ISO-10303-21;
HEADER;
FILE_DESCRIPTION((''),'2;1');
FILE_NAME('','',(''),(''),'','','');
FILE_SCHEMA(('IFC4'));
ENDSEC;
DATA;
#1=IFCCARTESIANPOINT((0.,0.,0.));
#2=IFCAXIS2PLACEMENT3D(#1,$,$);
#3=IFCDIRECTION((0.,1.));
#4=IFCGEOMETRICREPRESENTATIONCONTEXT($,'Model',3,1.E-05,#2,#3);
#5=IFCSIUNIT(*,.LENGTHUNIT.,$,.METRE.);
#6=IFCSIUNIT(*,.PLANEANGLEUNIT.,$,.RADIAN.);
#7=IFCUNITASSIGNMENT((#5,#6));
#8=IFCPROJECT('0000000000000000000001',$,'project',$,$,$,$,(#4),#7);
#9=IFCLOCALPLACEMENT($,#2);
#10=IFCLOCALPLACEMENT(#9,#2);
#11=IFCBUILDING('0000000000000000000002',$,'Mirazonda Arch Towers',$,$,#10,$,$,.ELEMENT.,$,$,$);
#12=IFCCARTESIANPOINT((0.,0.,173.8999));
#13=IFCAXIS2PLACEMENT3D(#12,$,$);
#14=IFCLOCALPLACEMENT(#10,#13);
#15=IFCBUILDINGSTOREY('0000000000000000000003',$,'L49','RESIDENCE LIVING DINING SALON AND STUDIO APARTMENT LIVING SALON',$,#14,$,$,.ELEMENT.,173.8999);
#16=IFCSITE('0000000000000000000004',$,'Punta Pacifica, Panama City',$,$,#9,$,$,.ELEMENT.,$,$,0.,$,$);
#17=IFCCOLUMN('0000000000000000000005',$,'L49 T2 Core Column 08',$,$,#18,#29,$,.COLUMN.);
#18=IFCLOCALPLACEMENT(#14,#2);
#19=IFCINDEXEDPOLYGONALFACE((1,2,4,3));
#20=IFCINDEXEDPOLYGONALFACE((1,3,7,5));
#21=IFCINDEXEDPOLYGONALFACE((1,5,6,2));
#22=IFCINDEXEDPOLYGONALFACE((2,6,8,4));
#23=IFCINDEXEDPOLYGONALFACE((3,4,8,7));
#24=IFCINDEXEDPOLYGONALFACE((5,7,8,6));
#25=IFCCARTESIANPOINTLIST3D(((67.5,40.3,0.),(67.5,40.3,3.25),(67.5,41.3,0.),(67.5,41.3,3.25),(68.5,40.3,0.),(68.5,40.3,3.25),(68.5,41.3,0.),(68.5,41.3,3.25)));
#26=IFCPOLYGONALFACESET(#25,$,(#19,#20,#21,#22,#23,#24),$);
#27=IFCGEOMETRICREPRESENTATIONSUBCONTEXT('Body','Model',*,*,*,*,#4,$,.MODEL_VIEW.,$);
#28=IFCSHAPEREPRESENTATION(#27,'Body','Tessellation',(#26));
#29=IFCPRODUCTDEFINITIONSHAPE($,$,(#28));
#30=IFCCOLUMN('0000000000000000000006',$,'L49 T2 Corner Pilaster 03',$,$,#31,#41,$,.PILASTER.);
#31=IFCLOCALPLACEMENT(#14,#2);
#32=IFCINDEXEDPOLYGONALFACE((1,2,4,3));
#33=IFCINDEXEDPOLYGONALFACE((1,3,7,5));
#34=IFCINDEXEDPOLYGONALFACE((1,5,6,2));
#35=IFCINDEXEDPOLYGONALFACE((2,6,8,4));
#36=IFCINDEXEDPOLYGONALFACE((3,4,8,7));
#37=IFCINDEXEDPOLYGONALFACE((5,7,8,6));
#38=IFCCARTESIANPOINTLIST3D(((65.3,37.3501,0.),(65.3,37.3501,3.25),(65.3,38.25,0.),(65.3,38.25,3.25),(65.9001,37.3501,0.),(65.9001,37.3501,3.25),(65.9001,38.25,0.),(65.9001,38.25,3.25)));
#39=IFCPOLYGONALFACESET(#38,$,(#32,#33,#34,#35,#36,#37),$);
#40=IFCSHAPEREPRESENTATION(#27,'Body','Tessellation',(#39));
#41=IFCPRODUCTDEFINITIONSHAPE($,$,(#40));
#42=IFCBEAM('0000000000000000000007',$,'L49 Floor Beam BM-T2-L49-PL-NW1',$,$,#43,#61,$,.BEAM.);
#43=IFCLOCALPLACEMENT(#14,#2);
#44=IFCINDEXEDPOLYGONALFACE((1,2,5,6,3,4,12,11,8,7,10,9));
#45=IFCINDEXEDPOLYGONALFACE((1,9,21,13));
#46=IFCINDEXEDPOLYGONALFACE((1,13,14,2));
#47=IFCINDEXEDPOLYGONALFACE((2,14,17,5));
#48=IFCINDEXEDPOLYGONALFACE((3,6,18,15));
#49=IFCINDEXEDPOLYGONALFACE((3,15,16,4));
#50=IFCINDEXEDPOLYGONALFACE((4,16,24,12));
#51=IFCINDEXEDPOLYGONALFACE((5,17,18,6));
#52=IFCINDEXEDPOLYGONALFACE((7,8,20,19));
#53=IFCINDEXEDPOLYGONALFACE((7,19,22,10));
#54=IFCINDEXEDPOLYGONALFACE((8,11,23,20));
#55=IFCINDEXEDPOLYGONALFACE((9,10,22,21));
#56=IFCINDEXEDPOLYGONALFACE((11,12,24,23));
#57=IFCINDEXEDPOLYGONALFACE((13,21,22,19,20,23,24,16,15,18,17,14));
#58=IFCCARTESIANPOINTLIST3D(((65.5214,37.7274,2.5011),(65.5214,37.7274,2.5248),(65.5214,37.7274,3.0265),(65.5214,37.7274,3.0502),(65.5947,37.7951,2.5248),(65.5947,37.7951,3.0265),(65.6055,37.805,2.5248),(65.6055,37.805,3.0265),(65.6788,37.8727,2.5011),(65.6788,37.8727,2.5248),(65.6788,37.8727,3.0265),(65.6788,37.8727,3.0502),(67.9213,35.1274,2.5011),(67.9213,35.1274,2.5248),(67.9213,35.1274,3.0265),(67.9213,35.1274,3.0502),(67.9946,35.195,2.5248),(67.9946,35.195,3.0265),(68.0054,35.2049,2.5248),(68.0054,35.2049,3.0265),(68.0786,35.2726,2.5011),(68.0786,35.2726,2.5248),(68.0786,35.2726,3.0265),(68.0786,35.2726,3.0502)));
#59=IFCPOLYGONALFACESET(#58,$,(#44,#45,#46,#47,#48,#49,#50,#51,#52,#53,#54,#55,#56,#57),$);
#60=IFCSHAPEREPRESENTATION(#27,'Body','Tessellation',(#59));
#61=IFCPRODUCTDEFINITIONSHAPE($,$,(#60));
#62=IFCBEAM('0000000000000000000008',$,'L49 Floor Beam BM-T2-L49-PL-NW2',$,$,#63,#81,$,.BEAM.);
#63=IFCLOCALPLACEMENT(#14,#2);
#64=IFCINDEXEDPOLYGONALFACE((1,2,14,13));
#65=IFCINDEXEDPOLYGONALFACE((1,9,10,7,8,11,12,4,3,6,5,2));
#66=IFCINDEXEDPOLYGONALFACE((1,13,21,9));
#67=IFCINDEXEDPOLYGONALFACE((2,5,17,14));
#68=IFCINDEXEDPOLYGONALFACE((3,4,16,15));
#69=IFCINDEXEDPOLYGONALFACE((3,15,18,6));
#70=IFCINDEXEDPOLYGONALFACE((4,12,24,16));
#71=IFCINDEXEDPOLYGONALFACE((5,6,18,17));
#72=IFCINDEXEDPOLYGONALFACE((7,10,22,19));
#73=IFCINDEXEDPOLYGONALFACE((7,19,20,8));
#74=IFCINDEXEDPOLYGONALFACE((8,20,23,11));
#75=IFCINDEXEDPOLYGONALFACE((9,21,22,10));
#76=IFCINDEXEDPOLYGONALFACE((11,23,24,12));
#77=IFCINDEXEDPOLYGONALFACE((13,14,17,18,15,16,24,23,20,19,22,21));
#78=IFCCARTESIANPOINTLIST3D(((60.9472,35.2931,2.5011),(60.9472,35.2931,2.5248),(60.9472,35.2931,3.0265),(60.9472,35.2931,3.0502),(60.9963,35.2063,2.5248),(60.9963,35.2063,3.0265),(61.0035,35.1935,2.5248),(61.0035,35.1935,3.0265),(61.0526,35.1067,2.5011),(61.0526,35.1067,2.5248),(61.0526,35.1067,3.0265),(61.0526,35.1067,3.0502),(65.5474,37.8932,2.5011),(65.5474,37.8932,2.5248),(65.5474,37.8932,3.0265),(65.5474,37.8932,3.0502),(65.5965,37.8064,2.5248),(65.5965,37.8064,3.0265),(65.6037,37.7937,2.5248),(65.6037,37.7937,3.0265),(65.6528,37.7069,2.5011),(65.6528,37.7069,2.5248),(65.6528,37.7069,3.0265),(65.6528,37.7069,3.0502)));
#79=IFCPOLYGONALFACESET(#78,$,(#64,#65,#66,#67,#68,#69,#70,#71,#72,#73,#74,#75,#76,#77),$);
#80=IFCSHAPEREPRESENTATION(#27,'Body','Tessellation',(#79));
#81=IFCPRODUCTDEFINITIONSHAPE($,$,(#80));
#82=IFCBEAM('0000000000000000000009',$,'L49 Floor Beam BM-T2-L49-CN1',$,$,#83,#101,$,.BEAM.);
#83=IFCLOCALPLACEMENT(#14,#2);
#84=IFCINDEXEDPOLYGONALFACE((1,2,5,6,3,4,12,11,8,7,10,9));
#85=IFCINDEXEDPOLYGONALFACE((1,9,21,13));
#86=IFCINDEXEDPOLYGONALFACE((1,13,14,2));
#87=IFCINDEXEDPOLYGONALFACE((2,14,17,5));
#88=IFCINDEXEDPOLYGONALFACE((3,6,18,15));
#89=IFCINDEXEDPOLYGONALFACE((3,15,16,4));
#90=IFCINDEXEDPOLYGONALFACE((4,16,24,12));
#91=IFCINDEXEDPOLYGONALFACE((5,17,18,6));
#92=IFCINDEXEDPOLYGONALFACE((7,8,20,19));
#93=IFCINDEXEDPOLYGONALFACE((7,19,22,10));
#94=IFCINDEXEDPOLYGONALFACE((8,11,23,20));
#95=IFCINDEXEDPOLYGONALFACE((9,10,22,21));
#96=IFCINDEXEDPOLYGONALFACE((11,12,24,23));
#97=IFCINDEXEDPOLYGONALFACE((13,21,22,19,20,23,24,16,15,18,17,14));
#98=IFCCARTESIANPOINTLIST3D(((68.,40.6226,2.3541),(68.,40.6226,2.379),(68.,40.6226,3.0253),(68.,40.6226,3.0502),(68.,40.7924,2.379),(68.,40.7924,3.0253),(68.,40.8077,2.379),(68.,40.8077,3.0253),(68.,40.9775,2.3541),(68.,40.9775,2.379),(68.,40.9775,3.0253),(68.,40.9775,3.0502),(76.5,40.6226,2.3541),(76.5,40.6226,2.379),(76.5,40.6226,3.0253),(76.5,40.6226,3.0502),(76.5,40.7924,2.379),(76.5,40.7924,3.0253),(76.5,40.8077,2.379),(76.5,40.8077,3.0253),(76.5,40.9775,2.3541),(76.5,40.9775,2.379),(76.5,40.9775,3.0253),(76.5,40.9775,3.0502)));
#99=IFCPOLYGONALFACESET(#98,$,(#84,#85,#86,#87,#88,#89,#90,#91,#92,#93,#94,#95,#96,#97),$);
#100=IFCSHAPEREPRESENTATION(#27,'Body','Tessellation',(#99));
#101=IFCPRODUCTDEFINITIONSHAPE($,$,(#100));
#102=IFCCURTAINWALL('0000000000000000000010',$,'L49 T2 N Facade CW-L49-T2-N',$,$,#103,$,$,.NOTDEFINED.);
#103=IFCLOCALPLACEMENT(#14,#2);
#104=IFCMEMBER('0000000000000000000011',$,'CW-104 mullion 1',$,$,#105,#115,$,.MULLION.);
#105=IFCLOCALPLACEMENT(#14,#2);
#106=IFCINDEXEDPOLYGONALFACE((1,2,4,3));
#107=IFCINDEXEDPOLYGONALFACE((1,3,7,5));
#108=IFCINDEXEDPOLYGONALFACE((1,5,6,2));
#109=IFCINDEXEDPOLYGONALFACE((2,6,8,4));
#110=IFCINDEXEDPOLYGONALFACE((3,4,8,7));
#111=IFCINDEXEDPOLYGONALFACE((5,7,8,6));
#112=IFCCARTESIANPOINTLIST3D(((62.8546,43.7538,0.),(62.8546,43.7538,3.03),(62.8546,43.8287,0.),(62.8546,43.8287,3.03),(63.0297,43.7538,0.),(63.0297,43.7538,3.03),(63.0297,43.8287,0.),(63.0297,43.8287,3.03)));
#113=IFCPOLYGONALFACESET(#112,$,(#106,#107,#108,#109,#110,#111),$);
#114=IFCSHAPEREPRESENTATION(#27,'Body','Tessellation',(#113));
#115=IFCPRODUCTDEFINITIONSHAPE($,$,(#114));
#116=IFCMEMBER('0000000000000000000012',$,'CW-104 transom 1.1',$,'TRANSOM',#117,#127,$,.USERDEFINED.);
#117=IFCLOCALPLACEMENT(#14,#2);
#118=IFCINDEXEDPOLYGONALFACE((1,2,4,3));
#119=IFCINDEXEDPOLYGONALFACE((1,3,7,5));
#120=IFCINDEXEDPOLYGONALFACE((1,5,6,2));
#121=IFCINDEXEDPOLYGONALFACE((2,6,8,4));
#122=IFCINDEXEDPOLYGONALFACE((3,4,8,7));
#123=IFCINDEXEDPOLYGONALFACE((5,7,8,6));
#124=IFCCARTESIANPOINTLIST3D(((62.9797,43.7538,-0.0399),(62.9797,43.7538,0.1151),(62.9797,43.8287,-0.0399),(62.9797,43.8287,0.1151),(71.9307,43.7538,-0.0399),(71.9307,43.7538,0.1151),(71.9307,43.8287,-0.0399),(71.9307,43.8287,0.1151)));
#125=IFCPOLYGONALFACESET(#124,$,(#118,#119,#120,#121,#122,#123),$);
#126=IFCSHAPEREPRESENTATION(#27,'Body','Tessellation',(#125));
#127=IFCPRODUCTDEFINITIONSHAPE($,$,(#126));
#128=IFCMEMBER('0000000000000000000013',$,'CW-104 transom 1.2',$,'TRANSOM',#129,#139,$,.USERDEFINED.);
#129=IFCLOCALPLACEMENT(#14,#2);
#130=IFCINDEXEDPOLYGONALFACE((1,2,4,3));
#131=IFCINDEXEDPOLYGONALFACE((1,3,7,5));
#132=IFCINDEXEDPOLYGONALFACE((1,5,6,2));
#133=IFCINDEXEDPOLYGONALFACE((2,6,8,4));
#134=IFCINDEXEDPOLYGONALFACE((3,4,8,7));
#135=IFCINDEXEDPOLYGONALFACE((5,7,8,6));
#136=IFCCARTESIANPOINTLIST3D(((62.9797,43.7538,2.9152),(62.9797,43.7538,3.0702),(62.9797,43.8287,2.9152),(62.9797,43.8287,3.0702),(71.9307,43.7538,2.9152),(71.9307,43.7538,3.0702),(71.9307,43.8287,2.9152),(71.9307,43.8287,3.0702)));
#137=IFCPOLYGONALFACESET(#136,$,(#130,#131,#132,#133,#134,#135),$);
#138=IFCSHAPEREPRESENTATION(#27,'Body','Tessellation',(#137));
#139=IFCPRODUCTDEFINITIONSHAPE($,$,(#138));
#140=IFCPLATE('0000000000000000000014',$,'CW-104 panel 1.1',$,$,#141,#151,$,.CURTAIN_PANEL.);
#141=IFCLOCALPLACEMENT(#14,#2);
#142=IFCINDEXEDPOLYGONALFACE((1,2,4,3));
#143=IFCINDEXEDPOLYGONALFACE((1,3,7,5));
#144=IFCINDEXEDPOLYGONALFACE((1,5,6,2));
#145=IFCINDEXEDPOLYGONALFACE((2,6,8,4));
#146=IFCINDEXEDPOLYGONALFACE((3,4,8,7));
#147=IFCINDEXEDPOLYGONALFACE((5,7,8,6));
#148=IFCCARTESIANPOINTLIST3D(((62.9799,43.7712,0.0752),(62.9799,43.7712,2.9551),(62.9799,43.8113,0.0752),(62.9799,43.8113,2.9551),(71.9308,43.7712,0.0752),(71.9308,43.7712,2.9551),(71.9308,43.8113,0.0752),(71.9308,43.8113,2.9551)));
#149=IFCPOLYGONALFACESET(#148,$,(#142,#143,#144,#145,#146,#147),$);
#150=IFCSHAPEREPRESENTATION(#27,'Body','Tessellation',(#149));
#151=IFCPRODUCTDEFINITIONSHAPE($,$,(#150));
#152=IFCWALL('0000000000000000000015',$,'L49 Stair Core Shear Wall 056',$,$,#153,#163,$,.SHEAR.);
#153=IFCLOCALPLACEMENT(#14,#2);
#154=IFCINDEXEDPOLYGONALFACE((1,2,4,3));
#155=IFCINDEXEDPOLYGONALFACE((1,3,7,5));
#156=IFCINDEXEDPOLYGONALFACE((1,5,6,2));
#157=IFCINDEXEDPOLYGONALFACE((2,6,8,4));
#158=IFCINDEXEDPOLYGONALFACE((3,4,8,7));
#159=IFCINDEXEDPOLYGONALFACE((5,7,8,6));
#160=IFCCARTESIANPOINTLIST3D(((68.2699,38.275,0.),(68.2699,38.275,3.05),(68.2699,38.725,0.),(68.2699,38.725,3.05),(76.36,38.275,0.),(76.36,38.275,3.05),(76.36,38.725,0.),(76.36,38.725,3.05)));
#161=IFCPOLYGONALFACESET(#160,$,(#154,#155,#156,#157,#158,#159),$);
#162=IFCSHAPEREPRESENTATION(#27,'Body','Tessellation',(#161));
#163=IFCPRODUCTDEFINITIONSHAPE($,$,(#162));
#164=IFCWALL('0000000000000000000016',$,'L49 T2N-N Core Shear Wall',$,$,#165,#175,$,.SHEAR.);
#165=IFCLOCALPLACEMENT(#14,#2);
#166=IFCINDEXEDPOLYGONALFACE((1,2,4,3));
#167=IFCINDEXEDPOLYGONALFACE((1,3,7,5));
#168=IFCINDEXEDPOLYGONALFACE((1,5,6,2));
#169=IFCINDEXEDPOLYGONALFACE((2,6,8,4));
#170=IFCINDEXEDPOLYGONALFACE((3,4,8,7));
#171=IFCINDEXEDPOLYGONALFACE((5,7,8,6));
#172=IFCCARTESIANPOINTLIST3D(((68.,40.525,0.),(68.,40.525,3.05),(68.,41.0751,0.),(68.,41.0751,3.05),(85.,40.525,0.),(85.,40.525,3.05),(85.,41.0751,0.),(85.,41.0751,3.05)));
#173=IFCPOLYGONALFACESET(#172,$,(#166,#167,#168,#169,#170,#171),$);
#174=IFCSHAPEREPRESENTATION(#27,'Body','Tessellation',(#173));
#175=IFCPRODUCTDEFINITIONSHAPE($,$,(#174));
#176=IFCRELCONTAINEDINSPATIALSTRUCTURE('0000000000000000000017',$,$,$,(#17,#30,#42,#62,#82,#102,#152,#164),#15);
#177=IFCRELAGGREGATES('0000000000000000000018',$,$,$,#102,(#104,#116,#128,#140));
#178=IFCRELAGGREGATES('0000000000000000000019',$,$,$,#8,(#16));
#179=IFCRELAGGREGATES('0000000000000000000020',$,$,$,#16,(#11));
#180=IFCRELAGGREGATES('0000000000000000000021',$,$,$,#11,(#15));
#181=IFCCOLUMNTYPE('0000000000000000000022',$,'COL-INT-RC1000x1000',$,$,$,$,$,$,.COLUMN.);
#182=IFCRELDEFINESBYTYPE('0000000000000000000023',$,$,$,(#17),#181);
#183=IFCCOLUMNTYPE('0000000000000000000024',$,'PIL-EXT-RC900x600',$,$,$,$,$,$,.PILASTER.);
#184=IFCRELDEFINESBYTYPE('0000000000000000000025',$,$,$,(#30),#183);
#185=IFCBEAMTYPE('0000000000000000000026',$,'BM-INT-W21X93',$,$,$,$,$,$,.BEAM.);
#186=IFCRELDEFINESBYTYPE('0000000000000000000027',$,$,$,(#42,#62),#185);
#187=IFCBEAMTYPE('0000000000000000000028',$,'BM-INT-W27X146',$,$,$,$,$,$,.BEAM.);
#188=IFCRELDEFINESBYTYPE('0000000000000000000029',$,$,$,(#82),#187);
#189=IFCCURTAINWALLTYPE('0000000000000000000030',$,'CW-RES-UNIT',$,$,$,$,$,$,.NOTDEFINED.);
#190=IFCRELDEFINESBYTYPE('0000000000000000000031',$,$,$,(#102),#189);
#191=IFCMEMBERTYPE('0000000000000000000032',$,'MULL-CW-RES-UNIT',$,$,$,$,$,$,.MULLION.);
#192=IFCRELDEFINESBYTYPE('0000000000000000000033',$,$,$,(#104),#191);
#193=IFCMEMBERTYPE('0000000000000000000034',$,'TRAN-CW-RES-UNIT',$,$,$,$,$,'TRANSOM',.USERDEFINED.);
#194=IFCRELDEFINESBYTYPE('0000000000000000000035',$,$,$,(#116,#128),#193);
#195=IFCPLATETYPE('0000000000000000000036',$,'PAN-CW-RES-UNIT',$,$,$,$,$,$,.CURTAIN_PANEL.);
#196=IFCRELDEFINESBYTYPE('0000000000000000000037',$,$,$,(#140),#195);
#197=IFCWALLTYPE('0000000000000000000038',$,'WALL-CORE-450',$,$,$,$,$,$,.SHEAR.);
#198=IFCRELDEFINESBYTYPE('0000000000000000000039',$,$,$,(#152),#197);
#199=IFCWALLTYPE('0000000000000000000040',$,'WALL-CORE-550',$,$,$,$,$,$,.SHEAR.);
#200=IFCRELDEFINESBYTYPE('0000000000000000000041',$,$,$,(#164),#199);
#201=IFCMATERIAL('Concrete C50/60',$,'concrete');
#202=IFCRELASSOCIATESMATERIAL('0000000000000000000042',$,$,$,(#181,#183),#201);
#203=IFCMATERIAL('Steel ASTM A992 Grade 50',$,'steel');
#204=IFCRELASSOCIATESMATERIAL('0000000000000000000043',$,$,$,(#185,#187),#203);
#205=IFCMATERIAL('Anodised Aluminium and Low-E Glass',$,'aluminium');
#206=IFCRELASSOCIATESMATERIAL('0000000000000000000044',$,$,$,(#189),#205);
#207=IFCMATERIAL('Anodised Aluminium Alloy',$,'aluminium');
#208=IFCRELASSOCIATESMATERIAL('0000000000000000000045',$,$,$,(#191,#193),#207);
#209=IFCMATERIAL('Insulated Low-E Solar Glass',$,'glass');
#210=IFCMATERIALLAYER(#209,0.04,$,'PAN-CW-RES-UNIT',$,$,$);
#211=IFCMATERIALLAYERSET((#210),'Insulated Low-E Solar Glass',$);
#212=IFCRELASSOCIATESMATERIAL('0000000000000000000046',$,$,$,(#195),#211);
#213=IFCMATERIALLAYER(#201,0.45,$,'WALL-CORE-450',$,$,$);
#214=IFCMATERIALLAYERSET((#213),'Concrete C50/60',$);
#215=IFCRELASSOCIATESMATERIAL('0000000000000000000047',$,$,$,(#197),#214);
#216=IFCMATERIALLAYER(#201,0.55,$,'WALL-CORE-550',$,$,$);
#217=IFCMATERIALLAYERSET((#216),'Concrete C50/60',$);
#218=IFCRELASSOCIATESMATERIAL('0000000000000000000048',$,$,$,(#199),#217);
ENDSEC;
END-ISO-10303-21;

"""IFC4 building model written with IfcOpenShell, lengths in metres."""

from ifc_helpers import new_model, si_unit, direction, frame, frame_2d, origin, origin_2d, place, context, subcontext, project, spatial, rectangle, i_section, extrude, material, layer, layer_set, material_profile, profile_set, type_object, element, aggregate, save


model = new_model("IFC4")

# Units and contexts
model_context = context("Model", 3, precision=1e-05, world=origin(), true_north=direction((0.0, 1.0)))
body_context = subcontext(model_context, "Body", "Model", "MODEL_VIEW")
ifc_project = project(units=[si_unit("LENGTHUNIT", "METRE"), si_unit("PLANEANGLEUNIT", "RADIAN")], contexts=[model_context])

# Site, building, storey
site_placement = place(None, origin())
site = spatial("IfcSite", under=ifc_project, at=site_placement, Name="Punta Pacifica, Panama City", CompositionType="ELEMENT", RefElevation=0.0)
building_placement = place(site_placement, origin())
building = spatial("IfcBuilding", under=site, at=building_placement, Name="Mirazonda Arch Towers", CompositionType="ELEMENT")
storey_placement = place(building_placement, frame((0.0, 0.0, 173.8999)))
storey = spatial("IfcBuildingStorey", under=building, at=storey_placement, Name="L49", Description="RESIDENCE LIVING DINING SALON AND STUDIO APARTMENT LIVING SALON", CompositionType="ELEMENT", Elevation=173.8999)

# Columns
ifc_material_1 = material(Name="Concrete C50/60", Category="concrete")
ifc_material_profile_1 = material_profile(ifc_material_1, rectangle(XDim=1.0, YDim=1.0, at=origin_2d()), Name="RC1000x1000")
ifc_profile_set_1 = profile_set([ifc_material_profile_1], Name="Concrete C50/60")
column_type_1 = type_object("IfcColumnType", Name="COL-INT-RC1000x1000", PredefinedType="COLUMN", material=ifc_profile_set_1)
column_1_placement = place(storey_placement, frame((68.0, 40.8, 0.0), z_axis=(0.0, 0.0, 1.0), x_axis=(1.0, 0.0, 0.0)))
element("IfcColumn", 1, at=column_1_placement, inside=storey, type_object=column_type_1, Name="L49 T2 Core Column 08", PredefinedType="COLUMN", context=body_context, shape_type="SweptSolid", body=[
    extrude(rectangle(XDim=1.0, YDim=1.0, at=origin_2d()), origin(), (0.0, 0.0, 1.0), 3.25),
])
ifc_material_profile_2 = material_profile(ifc_material_1, rectangle(XDim=0.6001, YDim=0.8999, at=origin_2d()), Name="RC900x600")
ifc_profile_set_2 = profile_set([ifc_material_profile_2], Name="Concrete C50/60")
column_type_2 = type_object("IfcColumnType", Name="PIL-EXT-RC900x600", PredefinedType="PILASTER", material=ifc_profile_set_2)
column_2_placement = place(storey_placement, frame((65.6001, 37.8, 0.0), z_axis=(0.0, 0.0, 1.0), x_axis=(1.0, 0.0, 0.0)))
element("IfcColumn", 2, at=column_2_placement, inside=storey, type_object=column_type_2, Name="L49 T2 Corner Pilaster 03", PredefinedType="PILASTER", context=body_context, shape_type="SweptSolid", body=[
    extrude(rectangle(XDim=0.6001, YDim=0.8999, at=origin_2d()), origin(), (0.0, 0.0, 1.0), 3.25),
])

# Beams
ifc_material_2 = material(Name="Steel ASTM A992 Grade 50", Category="steel")
ifc_material_profile_3 = material_profile(ifc_material_2, i_section(OverallWidth=0.2141, OverallDepth=0.5491, WebThickness=0.0146, FlangeThickness=0.0237, at=origin_2d()), Name="W21X93")
ifc_profile_set_3 = profile_set([ifc_material_profile_3], Name="Steel ASTM A992 Grade 50")
beam_type_1 = type_object("IfcBeamType", Name="BM-INT-W21X93", PredefinedType="BEAM", material=ifc_profile_set_3)
beam_1_placement = place(storey_placement, frame((65.6001, 37.8, 2.7756), z_axis=(0.678251, -0.73483, 0.0), x_axis=(0.73483, 0.678251, 0.0)))
element("IfcBeam", 3, at=beam_1_placement, inside=storey, type_object=beam_type_1, Name="L49 Floor Beam BM-T2-L49-PL-NW1", PredefinedType="BEAM", context=body_context, shape_type="SweptSolid", body=[
    extrude(i_section(OverallWidth=0.2141, OverallDepth=0.5491, WebThickness=0.0146, FlangeThickness=0.0237, at=origin_2d()), origin(), (0.0, 0.0, 1.0), 3.5383),
])
beam_2_placement = place(storey_placement, frame((65.6001, 37.8, 2.7756), z_axis=(-0.870559, -0.492063, 0.0), x_axis=(0.492063, -0.870559, 0.0)))
element("IfcBeam", 4, at=beam_2_placement, inside=storey, type_object=beam_type_1, Name="L49 Floor Beam BM-T2-L49-PL-NW2", PredefinedType="BEAM", context=body_context, shape_type="SweptSolid", body=[
    extrude(i_section(OverallWidth=0.2141, OverallDepth=0.5491, WebThickness=0.0146, FlangeThickness=0.0237, at=origin_2d()), origin(), (0.0, 0.0, 1.0), 5.2842),
])
ifc_material_profile_4 = material_profile(ifc_material_2, i_section(OverallWidth=0.355, OverallDepth=0.696, WebThickness=0.0154, FlangeThickness=0.0249, at=origin_2d()), Name="W27X146")
ifc_profile_set_4 = profile_set([ifc_material_profile_4], Name="Steel ASTM A992 Grade 50")
beam_type_2 = type_object("IfcBeamType", Name="BM-INT-W27X146", PredefinedType="BEAM", material=ifc_profile_set_4)
beam_3_placement = place(storey_placement, frame((68.0, 40.8, 2.7021), z_axis=(1.0, 0.0, 0.0), x_axis=(0.0, 1.0, 0.0)))
element("IfcBeam", 5, at=beam_3_placement, inside=storey, type_object=beam_type_2, Name="L49 Floor Beam BM-T2-L49-CN1", PredefinedType="BEAM", context=body_context, shape_type="SweptSolid", body=[
    extrude(i_section(OverallWidth=0.355, OverallDepth=0.696, WebThickness=0.0154, FlangeThickness=0.0249, at=origin_2d()), origin(), (0.0, 0.0, 1.0), 8.5),
])

# Curtain wall, members, plate
ifc_material_3 = material(Name="Anodised Aluminium and Low-E Glass", Category="aluminium")
curtain_wall_type = type_object("IfcCurtainWallType", Name="CW-RES-UNIT", PredefinedType="NOTDEFINED", material=ifc_material_3)
curtain_wall_placement = place(storey_placement, origin())
curtain_wall = element("IfcCurtainWall", 6, at=curtain_wall_placement, inside=storey, type_object=curtain_wall_type, Name="L49 T2 N Facade CW-L49-T2-N", PredefinedType="NOTDEFINED")
ifc_material_4 = material(Name="Anodised Aluminium Alloy", Category="aluminium")
ifc_material_profile_5 = material_profile(ifc_material_4, rectangle(XDim=0.075, YDim=0.175, at=origin_2d()), Name="ALU-MULL-75x175")
ifc_profile_set_5 = profile_set([ifc_material_profile_5], Name="Anodised Aluminium Alloy")
member_type_1 = type_object("IfcMemberType", Name="MULL-CW-RES-UNIT", PredefinedType="MULLION", material=ifc_profile_set_5)
member_1_placement = place(storey_placement, frame((62.9421, 43.7913, 0.0), z_axis=(0.0, 0.0, 1.0), x_axis=(0.0, 1.0, 0.0)))
member_1 = element("IfcMember", 7, at=member_1_placement, type_object=member_type_1, Name="CW-104 mullion 1", PredefinedType="MULLION", context=body_context, shape_type="SweptSolid", body=[
    extrude(rectangle(XDim=0.075, YDim=0.175, at=origin_2d()), origin(), (0.0, 0.0, 1.0), 3.03),
])
ifc_material_profile_6 = material_profile(ifc_material_4, rectangle(XDim=0.075, YDim=0.155, at=origin_2d()), Name="ALU-TRAN-75x155")
ifc_profile_set_6 = profile_set([ifc_material_profile_6], Name="Anodised Aluminium Alloy")
member_type_2 = type_object("IfcMemberType", Name="TRAN-CW-RES-UNIT", ElementType="TRANSOM", PredefinedType="USERDEFINED", material=ifc_profile_set_6)
member_2_placement = place(storey_placement, frame((62.9797, 43.7913, 0.0376), z_axis=(1.0, 0.0, 0.0), x_axis=(0.0, 1.0, 0.0)))
member_2 = element("IfcMember", 8, at=member_2_placement, type_object=member_type_2, Name="CW-104 transom 1.1", ObjectType="TRANSOM", PredefinedType="USERDEFINED", context=body_context, shape_type="SweptSolid", body=[
    extrude(rectangle(XDim=0.075, YDim=0.155, at=origin_2d()), origin(), (0.0, 0.0, 1.0), 8.9509),
])
member_3_placement = place(storey_placement, frame((62.9797, 43.7913, 2.9927), z_axis=(1.0, 0.0, 0.0), x_axis=(0.0, 1.0, 0.0)))
member_3 = element("IfcMember", 9, at=member_3_placement, type_object=member_type_2, Name="CW-104 transom 1.2", ObjectType="TRANSOM", PredefinedType="USERDEFINED", context=body_context, shape_type="SweptSolid", body=[
    extrude(rectangle(XDim=0.075, YDim=0.155, at=origin_2d()), origin(), (0.0, 0.0, 1.0), 8.9509),
])
ifc_material_5 = material(Name="Insulated Low-E Solar Glass", Category="glass")
ifc_layer_1 = layer(ifc_material_5, 0.04, Name="PAN-CW-RES-UNIT")
ifc_layer_set_1 = layer_set([ifc_layer_1], Name="Insulated Low-E Solar Glass")
plate_type = type_object("IfcPlateType", Name="PAN-CW-RES-UNIT", PredefinedType="CURTAIN_PANEL", material=ifc_layer_set_1)
plate_placement = place(storey_placement, frame((67.4553, 43.7913, 0.0752), z_axis=(0.0, 0.0, 1.0), x_axis=(1.0, 0.0, 0.0)))
plate = element("IfcPlate", 10, at=plate_placement, type_object=plate_type, Name="CW-104 panel 1.1", PredefinedType="CURTAIN_PANEL", context=body_context, shape_type="SweptSolid", body=[
    extrude(rectangle(XDim=8.9509, YDim=0.04, at=origin_2d()), origin(), (0.0, 0.0, 1.0), 2.8799),
])
aggregate(curtain_wall, [member_1, member_2, member_3, plate])

# Walls
ifc_layer_2 = layer(ifc_material_1, 0.45, Name="WALL-CORE-450")
ifc_layer_set_2 = layer_set([ifc_layer_2], Name="Concrete C50/60")
wall_type_1 = type_object("IfcWallType", Name="WALL-CORE-450", PredefinedType="SHEAR", material=ifc_layer_set_2)
wall_1_placement = place(storey_placement, frame((68.27, 38.5, 0.0), z_axis=(0.0, 0.0, 1.0), x_axis=(1.0, 0.0, 0.0)))
element("IfcWall", 11, at=wall_1_placement, inside=storey, type_object=wall_type_1, Name="L49 Stair Core Shear Wall 056", PredefinedType="SHEAR", context=body_context, shape_type="SweptSolid", body=[
    extrude(rectangle(XDim=8.0901, YDim=0.45, at=frame_2d((4.0449, 0.0))), origin(), (0.0, 0.0, 1.0), 3.05),
])
ifc_layer_3 = layer(ifc_material_1, 0.55, Name="WALL-CORE-550")
ifc_layer_set_3 = layer_set([ifc_layer_3], Name="Concrete C50/60")
wall_type_2 = type_object("IfcWallType", Name="WALL-CORE-550", PredefinedType="SHEAR", material=ifc_layer_set_3)
wall_2_placement = place(storey_placement, frame((68.0, 40.8, 0.0), z_axis=(0.0, 0.0, 1.0), x_axis=(1.0, 0.0, 0.0)))
element("IfcWall", 12, at=wall_2_placement, inside=storey, type_object=wall_type_2, Name="L49 T2N-N Core Shear Wall", PredefinedType="SHEAR", context=body_context, shape_type="SweptSolid", body=[
    extrude(rectangle(XDim=17.0, YDim=0.55, at=frame_2d((8.5, 0.0))), origin(), (0.0, 0.0, 1.0), 3.05),
])

save(model, "model.ifc")
